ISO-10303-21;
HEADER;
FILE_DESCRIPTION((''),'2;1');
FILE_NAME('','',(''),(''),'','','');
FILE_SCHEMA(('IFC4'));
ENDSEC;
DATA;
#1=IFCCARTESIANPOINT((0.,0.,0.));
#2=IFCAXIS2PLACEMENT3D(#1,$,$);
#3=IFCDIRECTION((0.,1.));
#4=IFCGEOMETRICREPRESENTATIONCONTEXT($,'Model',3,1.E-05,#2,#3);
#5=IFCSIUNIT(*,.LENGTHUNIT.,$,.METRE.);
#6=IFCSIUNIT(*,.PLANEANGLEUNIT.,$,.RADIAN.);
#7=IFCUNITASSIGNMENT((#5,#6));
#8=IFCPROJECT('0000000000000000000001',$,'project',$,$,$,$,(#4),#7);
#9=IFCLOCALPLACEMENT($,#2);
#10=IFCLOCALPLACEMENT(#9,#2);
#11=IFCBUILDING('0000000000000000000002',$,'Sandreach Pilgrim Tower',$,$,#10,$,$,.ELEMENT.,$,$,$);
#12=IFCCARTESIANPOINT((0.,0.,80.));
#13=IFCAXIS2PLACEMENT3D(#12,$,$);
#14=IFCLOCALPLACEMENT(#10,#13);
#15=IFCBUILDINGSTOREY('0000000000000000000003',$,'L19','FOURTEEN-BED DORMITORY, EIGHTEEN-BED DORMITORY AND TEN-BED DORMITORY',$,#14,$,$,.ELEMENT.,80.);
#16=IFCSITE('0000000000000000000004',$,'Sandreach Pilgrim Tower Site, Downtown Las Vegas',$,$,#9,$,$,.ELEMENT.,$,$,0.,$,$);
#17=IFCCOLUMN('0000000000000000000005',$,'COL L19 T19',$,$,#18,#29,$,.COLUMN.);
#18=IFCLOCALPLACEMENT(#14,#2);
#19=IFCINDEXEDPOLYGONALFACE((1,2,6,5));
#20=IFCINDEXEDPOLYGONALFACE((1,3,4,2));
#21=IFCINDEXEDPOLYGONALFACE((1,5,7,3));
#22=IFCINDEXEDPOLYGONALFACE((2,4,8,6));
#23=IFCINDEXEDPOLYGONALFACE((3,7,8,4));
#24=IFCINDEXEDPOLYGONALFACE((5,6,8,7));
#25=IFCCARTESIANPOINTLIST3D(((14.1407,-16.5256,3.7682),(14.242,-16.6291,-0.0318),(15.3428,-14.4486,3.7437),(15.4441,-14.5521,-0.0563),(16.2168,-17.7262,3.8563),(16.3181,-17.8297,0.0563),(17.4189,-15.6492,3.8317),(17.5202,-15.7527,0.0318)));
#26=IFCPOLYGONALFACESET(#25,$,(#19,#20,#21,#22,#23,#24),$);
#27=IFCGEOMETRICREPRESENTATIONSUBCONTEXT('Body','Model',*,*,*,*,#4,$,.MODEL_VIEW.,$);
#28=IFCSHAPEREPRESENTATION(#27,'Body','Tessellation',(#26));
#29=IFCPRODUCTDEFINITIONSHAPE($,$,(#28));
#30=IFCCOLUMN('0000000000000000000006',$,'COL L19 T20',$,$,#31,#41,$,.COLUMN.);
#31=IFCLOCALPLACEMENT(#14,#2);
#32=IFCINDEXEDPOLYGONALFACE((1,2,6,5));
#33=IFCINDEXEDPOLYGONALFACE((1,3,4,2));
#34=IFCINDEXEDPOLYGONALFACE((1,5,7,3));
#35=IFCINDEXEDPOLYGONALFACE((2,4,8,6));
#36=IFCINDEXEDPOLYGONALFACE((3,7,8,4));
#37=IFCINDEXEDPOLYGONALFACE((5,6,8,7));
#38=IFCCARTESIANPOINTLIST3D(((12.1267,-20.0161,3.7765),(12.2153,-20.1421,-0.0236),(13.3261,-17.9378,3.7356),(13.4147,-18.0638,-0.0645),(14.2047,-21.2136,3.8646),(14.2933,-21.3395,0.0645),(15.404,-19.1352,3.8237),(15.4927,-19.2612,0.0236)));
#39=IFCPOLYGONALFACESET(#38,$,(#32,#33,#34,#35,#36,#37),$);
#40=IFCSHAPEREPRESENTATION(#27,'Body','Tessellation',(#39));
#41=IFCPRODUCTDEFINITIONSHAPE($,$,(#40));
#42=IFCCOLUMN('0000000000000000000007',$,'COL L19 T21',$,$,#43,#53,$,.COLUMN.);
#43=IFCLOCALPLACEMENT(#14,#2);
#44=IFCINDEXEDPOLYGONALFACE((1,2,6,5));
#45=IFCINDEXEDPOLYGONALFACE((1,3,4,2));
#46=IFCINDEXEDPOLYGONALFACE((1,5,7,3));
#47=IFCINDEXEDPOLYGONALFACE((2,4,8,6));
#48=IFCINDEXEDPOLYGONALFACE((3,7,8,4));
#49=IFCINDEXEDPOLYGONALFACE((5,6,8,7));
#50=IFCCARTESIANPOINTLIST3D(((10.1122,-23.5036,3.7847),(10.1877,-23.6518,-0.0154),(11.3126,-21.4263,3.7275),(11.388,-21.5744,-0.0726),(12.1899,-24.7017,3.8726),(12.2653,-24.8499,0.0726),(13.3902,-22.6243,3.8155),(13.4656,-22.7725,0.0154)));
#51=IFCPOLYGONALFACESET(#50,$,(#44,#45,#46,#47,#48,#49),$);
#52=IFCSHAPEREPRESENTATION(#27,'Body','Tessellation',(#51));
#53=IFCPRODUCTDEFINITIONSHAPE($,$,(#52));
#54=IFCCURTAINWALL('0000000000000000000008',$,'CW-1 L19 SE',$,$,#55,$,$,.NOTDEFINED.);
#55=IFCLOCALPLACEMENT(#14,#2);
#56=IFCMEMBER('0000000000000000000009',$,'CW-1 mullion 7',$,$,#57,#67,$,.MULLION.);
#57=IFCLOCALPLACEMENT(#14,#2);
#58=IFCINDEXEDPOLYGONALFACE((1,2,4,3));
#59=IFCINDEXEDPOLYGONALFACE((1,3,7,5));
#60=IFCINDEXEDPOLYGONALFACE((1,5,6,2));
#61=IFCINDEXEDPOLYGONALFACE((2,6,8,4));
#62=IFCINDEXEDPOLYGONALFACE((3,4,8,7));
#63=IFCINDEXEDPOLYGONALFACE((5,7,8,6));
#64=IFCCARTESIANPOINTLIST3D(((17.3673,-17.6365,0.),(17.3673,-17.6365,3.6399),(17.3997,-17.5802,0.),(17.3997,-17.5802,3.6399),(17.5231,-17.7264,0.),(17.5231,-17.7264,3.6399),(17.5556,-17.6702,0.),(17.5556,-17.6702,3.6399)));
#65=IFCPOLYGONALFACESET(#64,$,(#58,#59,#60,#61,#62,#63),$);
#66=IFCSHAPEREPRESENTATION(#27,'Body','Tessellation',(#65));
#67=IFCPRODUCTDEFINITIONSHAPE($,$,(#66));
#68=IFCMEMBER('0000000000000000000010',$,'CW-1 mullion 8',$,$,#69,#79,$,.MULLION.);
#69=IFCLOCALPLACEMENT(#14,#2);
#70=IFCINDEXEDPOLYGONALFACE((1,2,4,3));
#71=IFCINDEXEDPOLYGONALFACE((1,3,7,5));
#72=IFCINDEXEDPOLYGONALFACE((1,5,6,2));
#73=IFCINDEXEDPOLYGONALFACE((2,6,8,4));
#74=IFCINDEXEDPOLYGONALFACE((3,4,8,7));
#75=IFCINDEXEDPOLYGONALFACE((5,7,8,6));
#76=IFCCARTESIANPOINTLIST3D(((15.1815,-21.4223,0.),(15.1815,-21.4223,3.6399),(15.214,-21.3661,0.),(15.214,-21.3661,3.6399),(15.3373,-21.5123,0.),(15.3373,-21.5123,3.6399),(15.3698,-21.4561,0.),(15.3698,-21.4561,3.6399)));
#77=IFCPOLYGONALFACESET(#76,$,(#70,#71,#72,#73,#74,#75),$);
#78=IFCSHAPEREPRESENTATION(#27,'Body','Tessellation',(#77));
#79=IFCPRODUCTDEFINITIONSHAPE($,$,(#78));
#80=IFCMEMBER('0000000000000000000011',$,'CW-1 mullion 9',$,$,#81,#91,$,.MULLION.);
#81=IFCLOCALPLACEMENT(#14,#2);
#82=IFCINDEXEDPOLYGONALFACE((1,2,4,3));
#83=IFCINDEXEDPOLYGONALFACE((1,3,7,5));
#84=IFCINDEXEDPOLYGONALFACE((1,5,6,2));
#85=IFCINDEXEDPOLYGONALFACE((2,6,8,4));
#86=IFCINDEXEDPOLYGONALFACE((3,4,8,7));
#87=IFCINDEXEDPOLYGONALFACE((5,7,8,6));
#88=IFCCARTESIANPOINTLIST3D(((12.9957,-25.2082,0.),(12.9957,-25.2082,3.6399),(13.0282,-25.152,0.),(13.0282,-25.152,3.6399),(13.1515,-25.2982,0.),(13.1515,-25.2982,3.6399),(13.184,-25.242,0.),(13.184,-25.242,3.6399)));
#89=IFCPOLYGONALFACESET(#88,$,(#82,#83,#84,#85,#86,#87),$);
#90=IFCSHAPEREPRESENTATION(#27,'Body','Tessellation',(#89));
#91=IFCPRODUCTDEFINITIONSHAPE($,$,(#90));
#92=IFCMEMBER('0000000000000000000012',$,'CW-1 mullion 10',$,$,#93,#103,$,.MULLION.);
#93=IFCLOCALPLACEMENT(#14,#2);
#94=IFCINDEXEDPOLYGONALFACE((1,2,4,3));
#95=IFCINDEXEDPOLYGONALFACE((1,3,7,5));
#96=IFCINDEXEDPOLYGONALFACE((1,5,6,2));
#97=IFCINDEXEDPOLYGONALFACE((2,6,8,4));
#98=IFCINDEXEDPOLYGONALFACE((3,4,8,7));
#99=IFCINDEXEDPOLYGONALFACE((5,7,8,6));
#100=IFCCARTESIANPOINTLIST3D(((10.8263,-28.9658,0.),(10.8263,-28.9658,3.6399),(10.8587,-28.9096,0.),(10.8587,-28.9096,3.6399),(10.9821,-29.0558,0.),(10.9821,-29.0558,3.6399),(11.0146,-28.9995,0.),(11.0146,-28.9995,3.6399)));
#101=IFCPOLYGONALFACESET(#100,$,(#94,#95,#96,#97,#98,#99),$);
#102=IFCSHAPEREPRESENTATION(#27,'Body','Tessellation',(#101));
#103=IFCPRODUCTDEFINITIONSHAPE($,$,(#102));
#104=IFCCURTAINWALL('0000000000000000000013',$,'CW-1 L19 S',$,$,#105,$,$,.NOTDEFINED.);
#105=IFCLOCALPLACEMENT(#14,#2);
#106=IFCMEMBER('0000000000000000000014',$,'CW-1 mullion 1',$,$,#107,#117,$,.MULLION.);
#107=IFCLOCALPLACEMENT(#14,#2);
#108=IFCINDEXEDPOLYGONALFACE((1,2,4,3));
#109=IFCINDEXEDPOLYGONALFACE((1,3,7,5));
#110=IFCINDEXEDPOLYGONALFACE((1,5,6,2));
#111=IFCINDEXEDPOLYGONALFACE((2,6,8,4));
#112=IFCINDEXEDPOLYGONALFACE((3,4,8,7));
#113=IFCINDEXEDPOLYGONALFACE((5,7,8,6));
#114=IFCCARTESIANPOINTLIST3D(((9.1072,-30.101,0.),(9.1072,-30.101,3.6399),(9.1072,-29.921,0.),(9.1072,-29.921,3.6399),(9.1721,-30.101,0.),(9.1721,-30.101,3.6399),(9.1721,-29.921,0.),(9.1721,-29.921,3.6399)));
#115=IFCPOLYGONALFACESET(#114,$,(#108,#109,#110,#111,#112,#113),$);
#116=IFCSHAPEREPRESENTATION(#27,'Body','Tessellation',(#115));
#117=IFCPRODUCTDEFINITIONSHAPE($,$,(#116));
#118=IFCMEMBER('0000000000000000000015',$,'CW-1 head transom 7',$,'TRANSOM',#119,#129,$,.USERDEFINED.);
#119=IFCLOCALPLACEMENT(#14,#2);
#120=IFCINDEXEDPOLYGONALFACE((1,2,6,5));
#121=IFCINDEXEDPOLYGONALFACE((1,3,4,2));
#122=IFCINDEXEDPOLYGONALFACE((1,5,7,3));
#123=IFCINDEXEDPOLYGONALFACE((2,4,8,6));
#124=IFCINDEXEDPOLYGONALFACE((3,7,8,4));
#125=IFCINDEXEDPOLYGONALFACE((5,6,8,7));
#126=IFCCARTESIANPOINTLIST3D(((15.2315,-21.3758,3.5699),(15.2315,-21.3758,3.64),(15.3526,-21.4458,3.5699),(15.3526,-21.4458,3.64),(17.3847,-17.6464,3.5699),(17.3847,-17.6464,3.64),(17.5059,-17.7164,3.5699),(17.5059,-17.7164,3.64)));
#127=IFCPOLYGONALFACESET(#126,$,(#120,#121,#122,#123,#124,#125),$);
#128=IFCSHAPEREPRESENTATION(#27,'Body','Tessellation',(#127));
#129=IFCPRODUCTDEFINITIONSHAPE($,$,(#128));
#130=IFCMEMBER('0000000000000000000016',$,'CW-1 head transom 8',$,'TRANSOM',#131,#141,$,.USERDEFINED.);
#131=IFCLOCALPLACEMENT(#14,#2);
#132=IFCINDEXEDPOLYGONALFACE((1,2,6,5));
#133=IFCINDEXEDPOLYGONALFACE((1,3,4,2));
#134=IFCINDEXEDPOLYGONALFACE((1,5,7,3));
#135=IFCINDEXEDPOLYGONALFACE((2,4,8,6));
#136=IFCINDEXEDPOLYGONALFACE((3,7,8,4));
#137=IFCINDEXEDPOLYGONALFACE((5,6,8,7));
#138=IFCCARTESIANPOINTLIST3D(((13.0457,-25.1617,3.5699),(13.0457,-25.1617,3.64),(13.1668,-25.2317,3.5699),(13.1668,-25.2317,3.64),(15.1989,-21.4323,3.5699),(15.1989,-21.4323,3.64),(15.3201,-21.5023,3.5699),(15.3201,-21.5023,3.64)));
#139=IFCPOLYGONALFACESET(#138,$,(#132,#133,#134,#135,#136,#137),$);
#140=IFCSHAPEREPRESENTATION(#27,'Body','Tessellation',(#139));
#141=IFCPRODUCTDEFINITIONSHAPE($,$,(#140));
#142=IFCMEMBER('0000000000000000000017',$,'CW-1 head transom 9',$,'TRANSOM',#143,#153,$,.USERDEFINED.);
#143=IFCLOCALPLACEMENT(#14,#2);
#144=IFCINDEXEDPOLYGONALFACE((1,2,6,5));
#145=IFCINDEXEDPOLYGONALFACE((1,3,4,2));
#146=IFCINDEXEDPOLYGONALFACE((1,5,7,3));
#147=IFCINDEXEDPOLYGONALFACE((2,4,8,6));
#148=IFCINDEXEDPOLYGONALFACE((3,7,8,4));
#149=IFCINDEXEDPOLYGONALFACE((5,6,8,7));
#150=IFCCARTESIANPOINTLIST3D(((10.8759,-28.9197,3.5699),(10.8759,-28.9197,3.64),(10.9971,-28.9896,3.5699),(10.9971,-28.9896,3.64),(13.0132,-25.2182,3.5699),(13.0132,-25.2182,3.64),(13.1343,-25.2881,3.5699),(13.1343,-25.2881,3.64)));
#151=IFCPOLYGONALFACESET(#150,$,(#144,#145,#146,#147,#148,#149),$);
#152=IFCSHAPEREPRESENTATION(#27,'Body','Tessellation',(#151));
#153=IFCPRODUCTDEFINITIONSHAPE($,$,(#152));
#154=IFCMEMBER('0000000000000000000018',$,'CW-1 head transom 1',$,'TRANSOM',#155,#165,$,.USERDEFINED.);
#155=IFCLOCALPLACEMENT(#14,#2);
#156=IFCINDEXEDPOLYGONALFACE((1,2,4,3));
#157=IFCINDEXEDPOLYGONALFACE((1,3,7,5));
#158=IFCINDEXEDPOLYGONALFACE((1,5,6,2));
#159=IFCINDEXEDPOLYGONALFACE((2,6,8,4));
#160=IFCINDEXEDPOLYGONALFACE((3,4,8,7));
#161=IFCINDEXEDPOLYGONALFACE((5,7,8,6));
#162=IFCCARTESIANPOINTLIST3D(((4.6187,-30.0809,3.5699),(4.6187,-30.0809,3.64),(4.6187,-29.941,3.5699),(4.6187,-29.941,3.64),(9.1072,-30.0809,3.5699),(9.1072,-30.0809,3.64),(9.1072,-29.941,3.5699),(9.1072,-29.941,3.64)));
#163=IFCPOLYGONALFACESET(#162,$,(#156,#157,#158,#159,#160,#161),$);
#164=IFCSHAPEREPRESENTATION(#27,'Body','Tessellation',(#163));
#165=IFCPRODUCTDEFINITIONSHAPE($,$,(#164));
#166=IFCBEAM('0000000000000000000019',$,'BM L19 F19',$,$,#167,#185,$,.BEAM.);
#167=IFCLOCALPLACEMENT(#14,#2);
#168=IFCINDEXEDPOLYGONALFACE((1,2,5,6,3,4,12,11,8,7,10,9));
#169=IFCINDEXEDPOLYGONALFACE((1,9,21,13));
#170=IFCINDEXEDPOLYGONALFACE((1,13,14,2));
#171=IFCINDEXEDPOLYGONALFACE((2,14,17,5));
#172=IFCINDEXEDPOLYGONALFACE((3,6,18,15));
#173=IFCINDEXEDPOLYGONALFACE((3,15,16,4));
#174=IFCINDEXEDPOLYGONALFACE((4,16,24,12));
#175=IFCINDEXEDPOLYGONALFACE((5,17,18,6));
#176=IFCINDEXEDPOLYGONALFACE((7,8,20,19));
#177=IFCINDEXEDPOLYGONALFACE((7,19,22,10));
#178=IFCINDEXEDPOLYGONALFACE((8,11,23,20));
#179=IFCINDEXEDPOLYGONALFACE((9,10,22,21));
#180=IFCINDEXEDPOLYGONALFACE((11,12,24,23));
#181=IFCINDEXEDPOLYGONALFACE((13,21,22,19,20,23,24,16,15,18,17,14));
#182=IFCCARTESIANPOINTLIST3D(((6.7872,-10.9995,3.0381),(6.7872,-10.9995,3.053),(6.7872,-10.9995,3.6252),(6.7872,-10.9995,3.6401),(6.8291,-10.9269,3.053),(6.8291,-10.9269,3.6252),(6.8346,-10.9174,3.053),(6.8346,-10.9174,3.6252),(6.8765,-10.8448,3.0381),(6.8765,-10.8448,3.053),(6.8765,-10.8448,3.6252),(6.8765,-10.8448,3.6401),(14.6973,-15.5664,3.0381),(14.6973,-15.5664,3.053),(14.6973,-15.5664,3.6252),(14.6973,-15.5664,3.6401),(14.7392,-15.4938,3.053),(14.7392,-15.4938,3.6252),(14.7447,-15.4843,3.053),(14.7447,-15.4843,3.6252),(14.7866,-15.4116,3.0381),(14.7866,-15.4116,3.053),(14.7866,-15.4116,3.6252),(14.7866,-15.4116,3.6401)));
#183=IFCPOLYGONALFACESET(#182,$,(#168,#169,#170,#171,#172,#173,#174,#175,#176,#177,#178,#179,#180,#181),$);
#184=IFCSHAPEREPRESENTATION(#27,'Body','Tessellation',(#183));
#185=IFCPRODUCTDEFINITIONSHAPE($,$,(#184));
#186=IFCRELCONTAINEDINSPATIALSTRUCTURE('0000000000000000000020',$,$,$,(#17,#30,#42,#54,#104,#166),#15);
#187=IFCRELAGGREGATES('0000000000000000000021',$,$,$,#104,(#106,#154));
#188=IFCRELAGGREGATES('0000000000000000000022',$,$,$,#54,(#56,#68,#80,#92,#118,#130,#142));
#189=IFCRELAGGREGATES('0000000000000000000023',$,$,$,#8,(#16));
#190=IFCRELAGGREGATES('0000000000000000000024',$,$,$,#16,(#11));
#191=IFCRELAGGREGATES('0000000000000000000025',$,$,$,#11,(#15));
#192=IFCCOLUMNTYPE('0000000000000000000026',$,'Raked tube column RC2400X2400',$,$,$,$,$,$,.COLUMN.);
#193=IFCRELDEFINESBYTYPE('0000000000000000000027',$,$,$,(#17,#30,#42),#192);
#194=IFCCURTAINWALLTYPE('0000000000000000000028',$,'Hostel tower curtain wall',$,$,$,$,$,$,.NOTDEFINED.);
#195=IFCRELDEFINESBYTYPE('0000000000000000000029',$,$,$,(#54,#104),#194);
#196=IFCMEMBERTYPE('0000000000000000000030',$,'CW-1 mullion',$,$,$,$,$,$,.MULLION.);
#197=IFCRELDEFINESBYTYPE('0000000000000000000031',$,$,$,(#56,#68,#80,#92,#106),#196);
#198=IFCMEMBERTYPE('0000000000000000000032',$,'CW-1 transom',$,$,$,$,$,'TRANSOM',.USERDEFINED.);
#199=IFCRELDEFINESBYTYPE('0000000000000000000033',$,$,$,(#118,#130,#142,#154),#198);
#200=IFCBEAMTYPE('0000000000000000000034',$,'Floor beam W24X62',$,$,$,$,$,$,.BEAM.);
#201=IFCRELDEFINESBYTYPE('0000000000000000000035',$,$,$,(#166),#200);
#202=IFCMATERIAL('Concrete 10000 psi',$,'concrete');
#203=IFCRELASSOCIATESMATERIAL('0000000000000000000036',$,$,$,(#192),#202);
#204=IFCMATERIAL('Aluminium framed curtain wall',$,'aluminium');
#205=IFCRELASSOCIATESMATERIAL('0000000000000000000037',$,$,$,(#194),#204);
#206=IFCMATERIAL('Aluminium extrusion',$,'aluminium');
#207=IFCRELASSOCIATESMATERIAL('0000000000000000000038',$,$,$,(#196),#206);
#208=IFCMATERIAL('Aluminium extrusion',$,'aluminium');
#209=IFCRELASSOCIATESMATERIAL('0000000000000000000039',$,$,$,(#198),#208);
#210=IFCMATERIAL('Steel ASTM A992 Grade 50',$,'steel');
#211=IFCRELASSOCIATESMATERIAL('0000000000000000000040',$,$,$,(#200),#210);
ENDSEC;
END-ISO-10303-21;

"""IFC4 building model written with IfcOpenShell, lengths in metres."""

from ifc_helpers import new_model, si_unit, direction, frame, origin, origin_2d, place, context, subcontext, project, spatial, rectangle, i_section, extrude, material, material_profile, profile_set, type_object, element, aggregate, save


model = new_model("IFC4")

# Units and contexts
model_context = context("Model", 3, precision=1e-05, world=origin(), true_north=direction((0.0, 1.0)))
body_context = subcontext(model_context, "Body", "Model", "MODEL_VIEW")
ifc_project = project(units=[si_unit("LENGTHUNIT", "METRE"), si_unit("PLANEANGLEUNIT", "RADIAN")], contexts=[model_context])

# Site, building, storey
site_placement = place(None, origin())
site = spatial("IfcSite", under=ifc_project, at=site_placement, Name="Sandreach Pilgrim Tower Site, Downtown Las Vegas", CompositionType="ELEMENT", RefElevation=0.0)
building_placement = place(site_placement, origin())
building = spatial("IfcBuilding", under=site, at=building_placement, Name="Sandreach Pilgrim Tower", CompositionType="ELEMENT")
storey_placement = place(building_placement, frame((0.0, 0.0, 80.0)))
storey = spatial("IfcBuildingStorey", under=building, at=storey_placement, Name="L19", Description="FOURTEEN-BED DORMITORY, EIGHTEEN-BED DORMITORY AND TEN-BED DORMITORY", CompositionType="ELEMENT", Elevation=80.0)

# Columns
ifc_material_1 = material(Name="Concrete 10000 psi", Category="concrete")
ifc_material_profile_1 = material_profile(ifc_material_1, rectangle(XDim=2.3999, YDim=2.3999, at=origin_2d()), Name="RC2400X2400")
ifc_profile_set_1 = profile_set([ifc_material_profile_1], Name="Concrete 10000 psi")
column_type = type_object("IfcColumnType", Name="Raked tube column RC2400X2400", PredefinedType="COLUMN", material=ifc_profile_set_1)
column_1_placement = place(storey_placement, frame((15.8811, -16.1909, 0.0), z_axis=(-0.026643, 0.027221, 0.999274), x_axis=(0.865095, -0.500264, 0.036693)))
element("IfcColumn", 1, at=column_1_placement, inside=storey, type_object=column_type, Name="COL L19 T19", PredefinedType="COLUMN", context=body_context, shape_type="SweptSolid", body=[
    extrude(rectangle(XDim=2.3999, YDim=2.3999, at=origin_2d()), origin(), (0.0, 0.0, 1.0), 3.8027),
])
column_2_placement = place(storey_placement, frame((13.854, -19.7017, 0.0), z_axis=(-0.023302, 0.033124, 0.99918), x_axis=(0.865854, -0.498947, 0.036734)))
element("IfcColumn", 2, at=column_2_placement, inside=storey, type_object=column_type, Name="COL L19 T20", PredefinedType="COLUMN", context=body_context, shape_type="SweptSolid", body=[
    extrude(rectangle(XDim=2.3999, YDim=2.3999, at=origin_2d()), origin(), (0.0, 0.0, 1.0), 3.8032),
])
column_3_placement = place(storey_placement, frame((11.8267, -23.2122, 0.0), z_axis=(-0.019833, 0.03896, 0.999044), x_axis=(0.865704, -0.499212, 0.036654)))
element("IfcColumn", 3, at=column_3_placement, inside=storey, type_object=column_type, Name="COL L19 T21", PredefinedType="COLUMN", context=body_context, shape_type="SweptSolid", body=[
    extrude(rectangle(XDim=2.3999, YDim=2.3999, at=origin_2d()), origin(), (0.0, 0.0, 1.0), 3.8037),
])

# Curtain wall, members
ifc_material_2 = material(Name="Aluminium framed curtain wall", Category="aluminium")
curtain_wall_type = type_object("IfcCurtainWallType", Name="Hostel tower curtain wall", PredefinedType="NOTDEFINED", material=ifc_material_2)
curtain_wall_1_placement = place(storey_placement, origin())
curtain_wall_1 = element("IfcCurtainWall", 4, at=curtain_wall_1_placement, inside=storey, type_object=curtain_wall_type, Name="CW-1 L19 SE", PredefinedType="NOTDEFINED")
ifc_material_3 = material(Name="Aluminium extrusion", Category="aluminium")
ifc_material_profile_2 = material_profile(ifc_material_3, rectangle(XDim=0.0649, YDim=0.1799, at=origin_2d()), Name="CW-1M 65X180")
ifc_profile_set_2 = profile_set([ifc_material_profile_2], Name="Aluminium extrusion")
member_type_1 = type_object("IfcMemberType", Name="CW-1 mullion", PredefinedType="MULLION", material=ifc_profile_set_2)
member_1_placement = place(storey_placement, frame((17.4614, -17.6533, 0.0), z_axis=(0.0, 0.0, 1.0), x_axis=(-0.5, -0.866025, 0.0)))
member_1 = element("IfcMember", 5, at=member_1_placement, type_object=member_type_1, Name="CW-1 mullion 7", PredefinedType="MULLION", context=body_context, shape_type="SweptSolid", body=[
    extrude(rectangle(XDim=0.0649, YDim=0.1799, at=origin_2d()), origin(), (0.0, 0.0, 1.0), 3.6399),
])
member_2_placement = place(storey_placement, frame((15.2756, -21.4392, 0.0), z_axis=(0.0, 0.0, 1.0), x_axis=(-0.5, -0.866025, 0.0)))
member_2 = element("IfcMember", 6, at=member_2_placement, type_object=member_type_1, Name="CW-1 mullion 8", PredefinedType="MULLION", context=body_context, shape_type="SweptSolid", body=[
    extrude(rectangle(XDim=0.0649, YDim=0.1799, at=origin_2d()), origin(), (0.0, 0.0, 1.0), 3.6399),
])
member_3_placement = place(storey_placement, frame((13.0898, -25.2251, 0.0), z_axis=(0.0, 0.0, 1.0), x_axis=(-0.5, -0.866025, 0.0)))
member_3 = element("IfcMember", 7, at=member_3_placement, type_object=member_type_1, Name="CW-1 mullion 9", PredefinedType="MULLION", context=body_context, shape_type="SweptSolid", body=[
    extrude(rectangle(XDim=0.0649, YDim=0.1799, at=origin_2d()), origin(), (0.0, 0.0, 1.0), 3.6399),
])
member_4_placement = place(storey_placement, frame((10.9204, -28.9827, 0.0), z_axis=(0.0, 0.0, 1.0), x_axis=(-0.5, -0.866025, 0.0)))
member_4 = element("IfcMember", 8, at=member_4_placement, type_object=member_type_1, Name="CW-1 mullion 10", PredefinedType="MULLION", context=body_context, shape_type="SweptSolid", body=[
    extrude(rectangle(XDim=0.0649, YDim=0.1799, at=origin_2d()), origin(), (0.0, 0.0, 1.0), 3.6399),
])

# Curtain wall, member
curtain_wall_2_placement = place(storey_placement, origin())
curtain_wall_2 = element("IfcCurtainWall", 9, at=curtain_wall_2_placement, inside=storey, type_object=curtain_wall_type, Name="CW-1 L19 S", PredefinedType="NOTDEFINED")
member_5_placement = place(storey_placement, frame((9.1396, -30.011, 0.0), z_axis=(0.0, 0.0, 1.0), x_axis=(-1.0, 0.0, 0.0)))
member_5 = element("IfcMember", 10, at=member_5_placement, type_object=member_type_1, Name="CW-1 mullion 1", PredefinedType="MULLION", context=body_context, shape_type="SweptSolid", body=[
    extrude(rectangle(XDim=0.0649, YDim=0.1799, at=origin_2d()), origin(), (0.0, 0.0, 1.0), 3.6399),
])

# Members
ifc_material_4 = material(Name="Aluminium extrusion", Category="aluminium")
ifc_material_profile_3 = material_profile(ifc_material_4, rectangle(XDim=0.1399, YDim=0.0701, at=origin_2d()), Name="CW-1T 140X70")
ifc_profile_set_3 = profile_set([ifc_material_profile_3], Name="Aluminium extrusion")
member_type_2 = type_object("IfcMemberType", Name="CW-1 transom", ElementType="TRANSOM", PredefinedType="USERDEFINED", material=ifc_profile_set_3)
member_6_placement = place(storey_placement, frame((17.4453, -17.6814, 3.605), z_axis=(-0.500017, -0.866016, 0.0), x_axis=(0.866016, -0.500017, 0.0)))
member_6 = element("IfcMember", 11, at=member_6_placement, type_object=member_type_2, Name="CW-1 head transom 7", ObjectType="TRANSOM", PredefinedType="USERDEFINED", context=body_context, shape_type="SweptSolid", body=[
    extrude(rectangle(XDim=0.1399, YDim=0.0701, at=origin_2d()), origin(), (0.0, 0.0, 1.0), 4.3064),
])
member_7_placement = place(storey_placement, frame((15.2595, -21.4673, 3.605), z_axis=(-0.500017, -0.866016, 0.0), x_axis=(0.866016, -0.500017, 0.0)))
member_7 = element("IfcMember", 12, at=member_7_placement, type_object=member_type_2, Name="CW-1 head transom 8", ObjectType="TRANSOM", PredefinedType="USERDEFINED", context=body_context, shape_type="SweptSolid", body=[
    extrude(rectangle(XDim=0.1399, YDim=0.0701, at=origin_2d()), origin(), (0.0, 0.0, 1.0), 4.3064),
])
member_8_placement = place(storey_placement, frame((13.0737, -25.2532, 3.605), z_axis=(-0.500034, -0.866006, 0.0), x_axis=(0.866006, -0.500034, 0.0)))
member_8 = element("IfcMember", 13, at=member_8_placement, type_object=member_type_2, Name="CW-1 head transom 9", ObjectType="TRANSOM", PredefinedType="USERDEFINED", context=body_context, shape_type="SweptSolid", body=[
    extrude(rectangle(XDim=0.1399, YDim=0.0701, at=origin_2d()), origin(), (0.0, 0.0, 1.0), 4.2742),
])
member_9_placement = place(storey_placement, frame((9.1072, -30.011, 3.605), z_axis=(-1.0, 0.0, 0.0), x_axis=(0.0, -1.0, 0.0)))
member_9 = element("IfcMember", 14, at=member_9_placement, type_object=member_type_2, Name="CW-1 head transom 1", ObjectType="TRANSOM", PredefinedType="USERDEFINED", context=body_context, shape_type="SweptSolid", body=[
    extrude(rectangle(XDim=0.1399, YDim=0.0701, at=origin_2d()), origin(), (0.0, 0.0, 1.0), 4.4885),
])
aggregate(curtain_wall_2, [member_5, member_9])

# Beam
ifc_material_5 = material(Name="Steel ASTM A992 Grade 50", Category="steel")
ifc_material_profile_4 = material_profile(ifc_material_5, i_section(OverallWidth=0.1787, OverallDepth=0.6021, WebThickness=0.011, FlangeThickness=0.0149, at=origin_2d()), Name="W24X62")
ifc_profile_set_4 = profile_set([ifc_material_profile_4], Name="Steel ASTM A992 Grade 50")
beam_type_1 = type_object("IfcBeamType", Name="Floor beam W24X62", PredefinedType="BEAM", material=ifc_profile_set_4)
beam_1_placement = place(storey_placement, frame((14.7419, -15.489, 3.3391), z_axis=(-0.866027, 0.499997, 0.0), x_axis=(-0.499997, -0.866027, 0.0)))
element("IfcBeam", 15, at=beam_1_placement, inside=storey, type_object=beam_type_1, Name="BM L19 F19", PredefinedType="BEAM", context=body_context, shape_type="SweptSolid", body=[
    extrude(i_section(OverallWidth=0.1787, OverallDepth=0.6021, WebThickness=0.011, FlangeThickness=0.0149, at=origin_2d()), origin(), (0.0, 0.0, 1.0), 9.1338),
])

aggregate(curtain_wall_1, [member_1, member_2, member_3, member_4, member_6, member_7, member_8])

save(model, "model.ifc")
